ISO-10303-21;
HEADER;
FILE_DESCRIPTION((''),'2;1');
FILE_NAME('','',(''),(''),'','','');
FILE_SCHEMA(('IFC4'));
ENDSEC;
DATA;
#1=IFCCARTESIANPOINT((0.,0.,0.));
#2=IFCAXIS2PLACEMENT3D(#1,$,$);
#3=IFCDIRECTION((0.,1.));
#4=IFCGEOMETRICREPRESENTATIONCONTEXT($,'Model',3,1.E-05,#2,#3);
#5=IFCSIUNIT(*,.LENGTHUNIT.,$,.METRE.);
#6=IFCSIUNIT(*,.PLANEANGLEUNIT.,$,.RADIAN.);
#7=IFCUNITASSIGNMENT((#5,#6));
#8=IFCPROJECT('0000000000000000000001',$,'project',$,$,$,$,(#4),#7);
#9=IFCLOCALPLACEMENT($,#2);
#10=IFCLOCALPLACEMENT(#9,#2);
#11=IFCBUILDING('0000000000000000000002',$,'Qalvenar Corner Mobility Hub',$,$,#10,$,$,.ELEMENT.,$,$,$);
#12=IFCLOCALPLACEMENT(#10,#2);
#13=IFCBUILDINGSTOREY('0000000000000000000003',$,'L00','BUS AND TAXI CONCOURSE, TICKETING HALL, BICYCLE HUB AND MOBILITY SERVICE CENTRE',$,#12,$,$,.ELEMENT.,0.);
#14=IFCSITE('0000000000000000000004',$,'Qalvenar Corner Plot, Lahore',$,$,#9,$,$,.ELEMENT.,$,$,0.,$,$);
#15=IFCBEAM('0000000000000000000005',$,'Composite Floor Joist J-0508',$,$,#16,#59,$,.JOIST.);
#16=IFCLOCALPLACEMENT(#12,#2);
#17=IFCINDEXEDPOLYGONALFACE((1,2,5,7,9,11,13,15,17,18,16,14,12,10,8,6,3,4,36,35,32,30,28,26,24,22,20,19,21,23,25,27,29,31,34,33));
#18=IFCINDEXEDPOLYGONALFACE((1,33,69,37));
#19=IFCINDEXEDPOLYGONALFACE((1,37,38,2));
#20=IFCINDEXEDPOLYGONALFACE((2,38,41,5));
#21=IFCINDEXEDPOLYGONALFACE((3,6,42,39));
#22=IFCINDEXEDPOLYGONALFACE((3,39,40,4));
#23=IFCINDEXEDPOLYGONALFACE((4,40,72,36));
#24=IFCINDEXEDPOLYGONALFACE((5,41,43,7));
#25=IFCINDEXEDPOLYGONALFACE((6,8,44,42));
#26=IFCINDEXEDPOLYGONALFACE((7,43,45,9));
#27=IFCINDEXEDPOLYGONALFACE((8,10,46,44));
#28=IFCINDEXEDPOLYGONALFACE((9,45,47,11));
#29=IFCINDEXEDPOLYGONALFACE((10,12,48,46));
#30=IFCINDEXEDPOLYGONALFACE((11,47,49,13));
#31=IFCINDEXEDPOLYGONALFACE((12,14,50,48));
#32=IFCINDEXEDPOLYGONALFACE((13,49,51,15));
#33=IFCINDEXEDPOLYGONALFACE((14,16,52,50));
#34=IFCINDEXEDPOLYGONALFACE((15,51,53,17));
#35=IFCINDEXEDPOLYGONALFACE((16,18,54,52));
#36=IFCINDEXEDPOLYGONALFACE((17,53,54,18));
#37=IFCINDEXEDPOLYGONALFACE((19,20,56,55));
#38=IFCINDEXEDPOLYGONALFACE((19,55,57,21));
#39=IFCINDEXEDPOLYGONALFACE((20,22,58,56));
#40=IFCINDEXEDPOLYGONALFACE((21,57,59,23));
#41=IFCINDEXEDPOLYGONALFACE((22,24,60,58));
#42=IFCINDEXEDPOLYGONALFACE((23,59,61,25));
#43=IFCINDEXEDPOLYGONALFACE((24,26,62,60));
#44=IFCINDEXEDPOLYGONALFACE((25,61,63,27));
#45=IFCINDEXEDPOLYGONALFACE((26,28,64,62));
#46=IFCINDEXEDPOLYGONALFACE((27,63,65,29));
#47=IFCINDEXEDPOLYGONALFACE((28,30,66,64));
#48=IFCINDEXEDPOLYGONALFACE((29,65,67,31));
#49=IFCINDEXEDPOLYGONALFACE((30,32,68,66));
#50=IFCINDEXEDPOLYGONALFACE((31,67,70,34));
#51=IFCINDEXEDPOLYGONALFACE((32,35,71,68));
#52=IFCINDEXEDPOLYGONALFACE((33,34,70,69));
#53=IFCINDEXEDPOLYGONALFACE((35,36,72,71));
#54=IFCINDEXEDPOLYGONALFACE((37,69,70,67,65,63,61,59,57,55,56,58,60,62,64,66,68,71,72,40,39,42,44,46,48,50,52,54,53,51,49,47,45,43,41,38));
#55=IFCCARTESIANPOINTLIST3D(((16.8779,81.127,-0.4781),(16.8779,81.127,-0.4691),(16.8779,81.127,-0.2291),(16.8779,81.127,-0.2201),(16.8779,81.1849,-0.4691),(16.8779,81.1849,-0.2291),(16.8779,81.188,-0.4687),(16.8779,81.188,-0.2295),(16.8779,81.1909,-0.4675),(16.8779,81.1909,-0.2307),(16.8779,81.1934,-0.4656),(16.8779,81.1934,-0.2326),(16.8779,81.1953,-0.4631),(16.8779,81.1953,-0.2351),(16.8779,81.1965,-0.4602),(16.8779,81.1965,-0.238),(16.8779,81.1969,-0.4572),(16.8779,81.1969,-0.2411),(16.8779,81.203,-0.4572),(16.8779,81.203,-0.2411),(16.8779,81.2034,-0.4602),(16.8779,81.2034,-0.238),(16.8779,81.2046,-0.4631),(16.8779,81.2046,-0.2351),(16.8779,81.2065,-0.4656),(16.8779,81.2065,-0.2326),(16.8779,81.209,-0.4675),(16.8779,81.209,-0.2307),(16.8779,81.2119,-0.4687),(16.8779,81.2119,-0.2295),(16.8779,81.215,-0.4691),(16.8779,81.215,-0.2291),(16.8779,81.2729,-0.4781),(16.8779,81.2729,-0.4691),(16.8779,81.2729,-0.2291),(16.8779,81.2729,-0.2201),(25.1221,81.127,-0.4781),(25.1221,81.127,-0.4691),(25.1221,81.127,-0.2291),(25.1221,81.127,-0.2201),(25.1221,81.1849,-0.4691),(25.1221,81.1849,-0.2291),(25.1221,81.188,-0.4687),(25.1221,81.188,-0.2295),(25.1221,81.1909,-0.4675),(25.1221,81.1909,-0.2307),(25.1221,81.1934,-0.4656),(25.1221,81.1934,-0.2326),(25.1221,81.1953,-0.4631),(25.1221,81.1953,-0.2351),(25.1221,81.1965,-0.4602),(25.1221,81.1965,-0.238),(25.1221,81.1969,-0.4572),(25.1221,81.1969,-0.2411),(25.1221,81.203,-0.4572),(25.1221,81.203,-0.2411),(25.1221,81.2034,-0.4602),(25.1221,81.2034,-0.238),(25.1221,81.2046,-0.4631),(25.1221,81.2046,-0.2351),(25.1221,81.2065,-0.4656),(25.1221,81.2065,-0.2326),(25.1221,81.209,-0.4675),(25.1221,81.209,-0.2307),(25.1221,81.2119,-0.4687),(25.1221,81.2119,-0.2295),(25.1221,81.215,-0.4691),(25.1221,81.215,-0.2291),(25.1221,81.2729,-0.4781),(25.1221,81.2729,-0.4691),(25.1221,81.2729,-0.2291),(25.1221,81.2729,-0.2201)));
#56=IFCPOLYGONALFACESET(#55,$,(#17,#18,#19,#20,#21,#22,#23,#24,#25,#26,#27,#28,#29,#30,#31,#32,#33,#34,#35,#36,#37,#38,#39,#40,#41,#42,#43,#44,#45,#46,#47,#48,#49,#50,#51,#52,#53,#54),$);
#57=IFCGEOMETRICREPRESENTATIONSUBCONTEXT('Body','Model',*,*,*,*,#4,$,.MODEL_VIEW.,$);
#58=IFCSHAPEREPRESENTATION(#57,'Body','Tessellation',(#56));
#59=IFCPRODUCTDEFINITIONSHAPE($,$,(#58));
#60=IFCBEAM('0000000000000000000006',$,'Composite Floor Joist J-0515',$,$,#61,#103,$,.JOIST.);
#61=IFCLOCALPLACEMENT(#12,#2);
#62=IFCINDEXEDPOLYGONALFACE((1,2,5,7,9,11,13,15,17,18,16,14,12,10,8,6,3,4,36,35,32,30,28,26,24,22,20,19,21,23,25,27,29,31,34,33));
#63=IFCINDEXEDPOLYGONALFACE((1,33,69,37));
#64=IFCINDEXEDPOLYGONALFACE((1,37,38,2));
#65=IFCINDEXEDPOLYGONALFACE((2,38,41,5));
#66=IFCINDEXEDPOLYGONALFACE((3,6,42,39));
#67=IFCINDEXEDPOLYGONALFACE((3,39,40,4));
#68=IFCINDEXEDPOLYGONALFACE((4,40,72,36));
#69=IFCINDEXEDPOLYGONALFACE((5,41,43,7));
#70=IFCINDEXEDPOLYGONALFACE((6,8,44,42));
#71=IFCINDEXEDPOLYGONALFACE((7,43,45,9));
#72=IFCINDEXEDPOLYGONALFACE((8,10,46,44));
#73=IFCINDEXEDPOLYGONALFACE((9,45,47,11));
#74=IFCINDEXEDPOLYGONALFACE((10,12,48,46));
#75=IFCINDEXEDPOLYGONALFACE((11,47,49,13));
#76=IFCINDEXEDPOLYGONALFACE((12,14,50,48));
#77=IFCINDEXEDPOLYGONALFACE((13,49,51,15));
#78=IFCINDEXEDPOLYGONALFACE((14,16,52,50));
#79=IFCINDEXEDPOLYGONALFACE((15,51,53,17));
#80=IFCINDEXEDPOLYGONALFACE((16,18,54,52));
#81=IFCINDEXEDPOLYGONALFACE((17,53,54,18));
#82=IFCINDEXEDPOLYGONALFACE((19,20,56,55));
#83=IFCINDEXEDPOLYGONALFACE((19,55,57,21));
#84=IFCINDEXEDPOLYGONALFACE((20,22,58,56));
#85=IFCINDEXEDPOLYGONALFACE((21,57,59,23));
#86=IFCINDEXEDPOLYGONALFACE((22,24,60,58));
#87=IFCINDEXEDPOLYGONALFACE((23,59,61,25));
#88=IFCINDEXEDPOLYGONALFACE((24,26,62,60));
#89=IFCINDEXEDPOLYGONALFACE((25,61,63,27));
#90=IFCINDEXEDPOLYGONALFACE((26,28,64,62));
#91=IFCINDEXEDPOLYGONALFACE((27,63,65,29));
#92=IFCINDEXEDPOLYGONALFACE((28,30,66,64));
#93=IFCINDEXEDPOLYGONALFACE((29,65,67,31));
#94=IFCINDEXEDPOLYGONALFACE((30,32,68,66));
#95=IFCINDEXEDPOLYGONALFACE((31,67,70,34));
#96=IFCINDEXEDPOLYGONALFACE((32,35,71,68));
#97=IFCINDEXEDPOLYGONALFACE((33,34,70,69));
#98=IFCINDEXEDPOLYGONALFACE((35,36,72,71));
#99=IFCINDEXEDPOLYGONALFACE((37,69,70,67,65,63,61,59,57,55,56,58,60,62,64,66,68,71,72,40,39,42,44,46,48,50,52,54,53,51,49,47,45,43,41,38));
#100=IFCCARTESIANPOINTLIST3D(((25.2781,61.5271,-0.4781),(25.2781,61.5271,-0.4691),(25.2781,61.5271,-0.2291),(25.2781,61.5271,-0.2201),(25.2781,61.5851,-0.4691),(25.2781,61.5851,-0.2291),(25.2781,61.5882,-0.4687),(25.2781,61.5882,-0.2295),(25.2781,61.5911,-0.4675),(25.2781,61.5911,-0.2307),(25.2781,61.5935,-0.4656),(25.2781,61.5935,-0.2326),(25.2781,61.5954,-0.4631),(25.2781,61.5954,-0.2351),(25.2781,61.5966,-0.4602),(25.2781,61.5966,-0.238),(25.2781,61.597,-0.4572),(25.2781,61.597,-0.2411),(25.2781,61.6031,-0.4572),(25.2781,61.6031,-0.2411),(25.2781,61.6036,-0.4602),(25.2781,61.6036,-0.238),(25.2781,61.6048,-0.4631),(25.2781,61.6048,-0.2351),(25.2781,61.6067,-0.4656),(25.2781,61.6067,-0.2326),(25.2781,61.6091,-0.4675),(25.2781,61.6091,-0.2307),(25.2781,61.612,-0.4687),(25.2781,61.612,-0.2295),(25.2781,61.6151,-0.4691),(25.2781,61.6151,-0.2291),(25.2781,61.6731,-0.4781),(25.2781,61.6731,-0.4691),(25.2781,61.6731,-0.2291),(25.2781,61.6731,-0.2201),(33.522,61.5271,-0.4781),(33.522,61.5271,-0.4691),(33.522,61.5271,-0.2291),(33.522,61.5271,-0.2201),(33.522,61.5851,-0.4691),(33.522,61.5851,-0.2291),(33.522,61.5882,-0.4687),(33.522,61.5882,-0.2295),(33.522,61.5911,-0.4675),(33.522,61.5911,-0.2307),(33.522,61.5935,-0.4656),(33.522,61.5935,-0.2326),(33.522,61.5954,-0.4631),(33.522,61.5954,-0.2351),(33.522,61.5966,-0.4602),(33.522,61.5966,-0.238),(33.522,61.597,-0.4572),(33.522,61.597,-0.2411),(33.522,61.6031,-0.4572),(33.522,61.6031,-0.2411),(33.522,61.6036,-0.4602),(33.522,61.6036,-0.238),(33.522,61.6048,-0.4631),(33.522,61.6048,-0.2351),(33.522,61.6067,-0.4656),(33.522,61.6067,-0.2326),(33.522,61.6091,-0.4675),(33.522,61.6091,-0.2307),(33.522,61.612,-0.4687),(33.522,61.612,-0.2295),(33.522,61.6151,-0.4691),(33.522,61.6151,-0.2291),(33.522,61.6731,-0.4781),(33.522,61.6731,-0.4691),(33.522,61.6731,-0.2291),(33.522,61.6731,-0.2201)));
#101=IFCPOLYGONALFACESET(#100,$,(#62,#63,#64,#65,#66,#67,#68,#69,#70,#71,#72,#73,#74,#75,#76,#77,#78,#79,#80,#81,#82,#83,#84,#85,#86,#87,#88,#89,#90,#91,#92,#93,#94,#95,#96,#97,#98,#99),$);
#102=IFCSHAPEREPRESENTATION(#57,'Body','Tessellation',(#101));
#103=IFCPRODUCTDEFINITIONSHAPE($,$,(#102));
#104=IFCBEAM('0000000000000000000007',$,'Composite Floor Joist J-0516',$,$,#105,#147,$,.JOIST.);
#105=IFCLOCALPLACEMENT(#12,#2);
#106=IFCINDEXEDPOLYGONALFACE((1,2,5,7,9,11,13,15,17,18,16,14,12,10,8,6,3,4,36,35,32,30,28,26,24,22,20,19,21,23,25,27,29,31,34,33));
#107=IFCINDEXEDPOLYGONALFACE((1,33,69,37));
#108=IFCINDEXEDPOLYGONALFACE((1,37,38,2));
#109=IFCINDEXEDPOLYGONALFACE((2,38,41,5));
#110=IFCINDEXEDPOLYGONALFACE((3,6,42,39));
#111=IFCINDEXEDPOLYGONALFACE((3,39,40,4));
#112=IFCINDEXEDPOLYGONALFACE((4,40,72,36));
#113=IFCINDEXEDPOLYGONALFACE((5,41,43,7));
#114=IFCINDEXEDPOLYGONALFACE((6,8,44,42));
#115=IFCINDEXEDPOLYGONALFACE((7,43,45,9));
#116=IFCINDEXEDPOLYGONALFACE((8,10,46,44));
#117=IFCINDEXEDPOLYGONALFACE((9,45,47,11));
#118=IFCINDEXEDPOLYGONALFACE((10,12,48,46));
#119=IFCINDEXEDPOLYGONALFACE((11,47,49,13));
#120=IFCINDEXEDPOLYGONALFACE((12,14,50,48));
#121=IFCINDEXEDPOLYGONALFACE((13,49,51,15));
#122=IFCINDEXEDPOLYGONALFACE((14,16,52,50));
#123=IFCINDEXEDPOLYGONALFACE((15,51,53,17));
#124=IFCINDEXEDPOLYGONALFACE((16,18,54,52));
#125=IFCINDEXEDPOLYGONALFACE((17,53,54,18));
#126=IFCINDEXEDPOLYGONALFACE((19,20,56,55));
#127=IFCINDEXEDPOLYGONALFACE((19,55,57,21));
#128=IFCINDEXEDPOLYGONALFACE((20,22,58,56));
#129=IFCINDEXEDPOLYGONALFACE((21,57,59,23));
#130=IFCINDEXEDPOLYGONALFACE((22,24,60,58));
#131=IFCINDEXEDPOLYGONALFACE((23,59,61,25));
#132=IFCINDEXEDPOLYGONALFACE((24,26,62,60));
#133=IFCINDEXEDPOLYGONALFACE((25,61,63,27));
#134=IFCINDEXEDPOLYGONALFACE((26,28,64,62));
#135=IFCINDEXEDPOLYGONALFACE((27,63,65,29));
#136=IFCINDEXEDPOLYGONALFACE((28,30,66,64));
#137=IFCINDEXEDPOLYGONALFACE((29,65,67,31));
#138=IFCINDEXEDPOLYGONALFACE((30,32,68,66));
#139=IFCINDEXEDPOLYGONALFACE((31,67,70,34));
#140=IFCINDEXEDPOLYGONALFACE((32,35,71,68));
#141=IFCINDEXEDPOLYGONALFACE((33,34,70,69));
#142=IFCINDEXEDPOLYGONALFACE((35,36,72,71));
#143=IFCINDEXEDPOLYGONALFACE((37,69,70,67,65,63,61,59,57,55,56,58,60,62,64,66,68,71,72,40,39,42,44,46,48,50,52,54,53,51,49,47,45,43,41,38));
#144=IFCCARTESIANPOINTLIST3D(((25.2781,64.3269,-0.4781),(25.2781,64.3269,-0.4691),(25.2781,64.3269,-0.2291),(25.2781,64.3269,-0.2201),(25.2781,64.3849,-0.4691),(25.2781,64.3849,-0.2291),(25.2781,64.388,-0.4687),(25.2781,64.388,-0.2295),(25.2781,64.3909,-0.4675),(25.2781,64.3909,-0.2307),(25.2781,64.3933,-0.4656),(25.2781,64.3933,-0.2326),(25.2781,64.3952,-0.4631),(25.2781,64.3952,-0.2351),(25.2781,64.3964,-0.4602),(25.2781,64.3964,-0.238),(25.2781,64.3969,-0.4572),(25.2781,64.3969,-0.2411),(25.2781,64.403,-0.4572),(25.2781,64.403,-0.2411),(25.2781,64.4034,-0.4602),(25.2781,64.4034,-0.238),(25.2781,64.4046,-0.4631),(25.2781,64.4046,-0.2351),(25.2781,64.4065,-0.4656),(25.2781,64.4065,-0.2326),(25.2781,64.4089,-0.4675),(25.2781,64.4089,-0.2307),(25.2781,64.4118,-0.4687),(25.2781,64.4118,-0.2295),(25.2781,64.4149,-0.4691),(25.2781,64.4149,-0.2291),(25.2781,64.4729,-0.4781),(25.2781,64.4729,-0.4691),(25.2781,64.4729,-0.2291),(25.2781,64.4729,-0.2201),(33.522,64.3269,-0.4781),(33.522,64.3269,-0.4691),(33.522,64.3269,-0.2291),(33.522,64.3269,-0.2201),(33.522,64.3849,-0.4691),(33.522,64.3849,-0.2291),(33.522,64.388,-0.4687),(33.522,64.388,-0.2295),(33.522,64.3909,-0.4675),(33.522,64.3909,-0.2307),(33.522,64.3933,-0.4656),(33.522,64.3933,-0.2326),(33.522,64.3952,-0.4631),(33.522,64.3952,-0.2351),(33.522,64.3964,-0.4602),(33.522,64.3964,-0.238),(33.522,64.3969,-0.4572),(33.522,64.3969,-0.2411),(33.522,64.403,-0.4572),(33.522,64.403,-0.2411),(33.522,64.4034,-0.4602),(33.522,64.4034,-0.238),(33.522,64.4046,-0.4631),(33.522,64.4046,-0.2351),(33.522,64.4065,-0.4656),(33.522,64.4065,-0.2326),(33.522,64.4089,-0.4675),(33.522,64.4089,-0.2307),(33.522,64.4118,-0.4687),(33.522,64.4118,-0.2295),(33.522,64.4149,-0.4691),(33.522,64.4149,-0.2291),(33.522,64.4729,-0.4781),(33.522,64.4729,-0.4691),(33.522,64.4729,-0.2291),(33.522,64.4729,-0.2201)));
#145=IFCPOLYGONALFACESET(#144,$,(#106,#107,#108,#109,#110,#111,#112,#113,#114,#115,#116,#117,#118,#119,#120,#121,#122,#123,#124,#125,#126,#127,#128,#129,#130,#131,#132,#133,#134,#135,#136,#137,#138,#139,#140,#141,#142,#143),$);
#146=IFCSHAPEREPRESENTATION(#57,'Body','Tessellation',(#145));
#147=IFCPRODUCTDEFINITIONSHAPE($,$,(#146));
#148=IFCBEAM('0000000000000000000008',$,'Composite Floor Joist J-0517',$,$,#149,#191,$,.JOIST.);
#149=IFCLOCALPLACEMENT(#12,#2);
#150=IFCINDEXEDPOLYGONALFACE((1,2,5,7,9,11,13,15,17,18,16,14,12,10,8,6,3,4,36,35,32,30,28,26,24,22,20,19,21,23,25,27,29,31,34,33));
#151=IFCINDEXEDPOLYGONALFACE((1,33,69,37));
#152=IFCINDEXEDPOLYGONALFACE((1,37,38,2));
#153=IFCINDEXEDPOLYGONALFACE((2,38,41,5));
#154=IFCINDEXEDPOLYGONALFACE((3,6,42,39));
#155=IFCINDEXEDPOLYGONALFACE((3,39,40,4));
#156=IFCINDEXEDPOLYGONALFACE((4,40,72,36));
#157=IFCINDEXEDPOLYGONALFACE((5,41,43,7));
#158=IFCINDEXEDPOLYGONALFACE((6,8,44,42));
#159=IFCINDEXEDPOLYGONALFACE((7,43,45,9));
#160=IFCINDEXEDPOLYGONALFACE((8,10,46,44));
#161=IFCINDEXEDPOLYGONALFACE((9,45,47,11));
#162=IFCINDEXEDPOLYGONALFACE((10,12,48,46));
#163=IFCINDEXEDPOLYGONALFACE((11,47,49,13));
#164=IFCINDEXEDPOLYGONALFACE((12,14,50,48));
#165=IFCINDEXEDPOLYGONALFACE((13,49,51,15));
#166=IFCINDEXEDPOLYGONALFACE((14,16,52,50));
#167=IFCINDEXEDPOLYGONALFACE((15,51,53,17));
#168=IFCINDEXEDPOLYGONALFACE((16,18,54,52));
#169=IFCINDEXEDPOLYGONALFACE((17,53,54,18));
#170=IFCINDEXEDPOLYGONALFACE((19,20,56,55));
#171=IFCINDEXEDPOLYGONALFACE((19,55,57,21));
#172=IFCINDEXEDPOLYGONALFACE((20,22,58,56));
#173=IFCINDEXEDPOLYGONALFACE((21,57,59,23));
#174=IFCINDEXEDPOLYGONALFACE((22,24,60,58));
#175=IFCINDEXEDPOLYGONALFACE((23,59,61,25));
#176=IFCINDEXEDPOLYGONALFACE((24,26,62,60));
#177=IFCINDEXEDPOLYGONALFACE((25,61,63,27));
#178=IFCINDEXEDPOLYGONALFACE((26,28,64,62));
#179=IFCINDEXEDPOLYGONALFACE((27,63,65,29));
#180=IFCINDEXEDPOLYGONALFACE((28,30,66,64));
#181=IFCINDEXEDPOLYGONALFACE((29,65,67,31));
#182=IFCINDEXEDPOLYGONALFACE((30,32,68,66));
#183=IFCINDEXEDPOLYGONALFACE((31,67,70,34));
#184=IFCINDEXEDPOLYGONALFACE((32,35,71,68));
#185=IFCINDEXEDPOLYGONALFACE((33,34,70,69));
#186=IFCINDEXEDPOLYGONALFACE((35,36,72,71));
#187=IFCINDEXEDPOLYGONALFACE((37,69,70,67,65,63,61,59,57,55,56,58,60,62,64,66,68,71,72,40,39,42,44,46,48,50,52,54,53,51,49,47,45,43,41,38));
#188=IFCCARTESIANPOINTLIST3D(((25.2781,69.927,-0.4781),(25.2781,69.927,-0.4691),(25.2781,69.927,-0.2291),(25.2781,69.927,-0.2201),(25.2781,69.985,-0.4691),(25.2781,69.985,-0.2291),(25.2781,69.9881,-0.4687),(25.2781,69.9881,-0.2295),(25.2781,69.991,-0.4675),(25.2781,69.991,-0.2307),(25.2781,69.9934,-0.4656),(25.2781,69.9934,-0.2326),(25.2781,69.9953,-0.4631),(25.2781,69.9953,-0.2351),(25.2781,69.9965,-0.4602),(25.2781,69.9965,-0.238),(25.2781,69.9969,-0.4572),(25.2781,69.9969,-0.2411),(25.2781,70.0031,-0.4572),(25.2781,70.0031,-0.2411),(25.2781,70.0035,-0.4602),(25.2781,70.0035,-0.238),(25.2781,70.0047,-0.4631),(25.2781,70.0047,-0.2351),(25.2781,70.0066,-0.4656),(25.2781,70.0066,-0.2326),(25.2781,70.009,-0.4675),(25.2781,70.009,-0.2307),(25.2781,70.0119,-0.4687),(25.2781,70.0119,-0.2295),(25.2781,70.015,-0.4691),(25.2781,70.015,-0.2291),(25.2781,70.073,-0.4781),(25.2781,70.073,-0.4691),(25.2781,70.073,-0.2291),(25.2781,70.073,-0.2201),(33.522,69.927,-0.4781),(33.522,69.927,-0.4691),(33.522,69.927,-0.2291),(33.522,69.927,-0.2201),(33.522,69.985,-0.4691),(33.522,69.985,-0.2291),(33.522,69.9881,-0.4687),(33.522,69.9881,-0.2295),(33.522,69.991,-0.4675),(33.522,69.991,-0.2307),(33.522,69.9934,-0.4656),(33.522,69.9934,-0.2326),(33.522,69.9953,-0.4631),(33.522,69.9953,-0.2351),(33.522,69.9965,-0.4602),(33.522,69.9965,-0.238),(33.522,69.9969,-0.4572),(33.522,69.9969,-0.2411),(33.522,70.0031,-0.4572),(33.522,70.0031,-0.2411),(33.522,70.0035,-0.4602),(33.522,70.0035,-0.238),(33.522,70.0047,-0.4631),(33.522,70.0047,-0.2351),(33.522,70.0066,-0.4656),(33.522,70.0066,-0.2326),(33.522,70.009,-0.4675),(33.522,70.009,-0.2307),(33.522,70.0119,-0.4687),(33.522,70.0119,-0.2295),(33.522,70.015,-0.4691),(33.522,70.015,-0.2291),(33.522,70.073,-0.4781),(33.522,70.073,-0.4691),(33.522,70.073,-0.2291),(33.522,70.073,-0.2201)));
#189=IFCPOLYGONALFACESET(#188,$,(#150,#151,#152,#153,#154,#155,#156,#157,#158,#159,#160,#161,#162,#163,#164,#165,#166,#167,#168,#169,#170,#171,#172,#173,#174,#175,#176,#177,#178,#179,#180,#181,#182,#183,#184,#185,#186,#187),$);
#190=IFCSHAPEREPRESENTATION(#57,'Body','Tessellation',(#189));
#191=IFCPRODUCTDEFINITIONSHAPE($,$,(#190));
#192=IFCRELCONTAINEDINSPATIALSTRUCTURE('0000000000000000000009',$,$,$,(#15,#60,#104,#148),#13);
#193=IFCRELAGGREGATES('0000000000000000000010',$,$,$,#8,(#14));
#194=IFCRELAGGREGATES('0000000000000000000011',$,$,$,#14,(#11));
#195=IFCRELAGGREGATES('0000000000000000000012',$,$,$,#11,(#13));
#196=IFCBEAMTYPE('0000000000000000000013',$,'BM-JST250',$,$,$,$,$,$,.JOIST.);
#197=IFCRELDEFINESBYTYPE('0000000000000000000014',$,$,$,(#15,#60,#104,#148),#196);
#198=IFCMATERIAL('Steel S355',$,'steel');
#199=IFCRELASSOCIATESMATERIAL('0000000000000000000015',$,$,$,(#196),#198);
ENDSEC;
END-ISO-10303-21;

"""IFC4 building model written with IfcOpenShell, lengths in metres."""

from ifc_helpers import new_model, si_unit, direction, frame, origin, origin_2d, place, context, subcontext, project, spatial, i_section, extrude, material, material_profile, profile_set, type_object, element, save


model = new_model("IFC4")

# Units and contexts
model_context = context("Model", 3, precision=1e-05, world=origin(), true_north=direction((0.0, 1.0)))
body_context = subcontext(model_context, "Body", "Model", "MODEL_VIEW")
ifc_project = project(units=[si_unit("LENGTHUNIT", "METRE"), si_unit("PLANEANGLEUNIT", "RADIAN")], contexts=[model_context])

# Site, building, storey
site_placement = place(None, origin())
site = spatial("IfcSite", under=ifc_project, at=site_placement, Name="Qalvenar Corner Plot, Lahore", CompositionType="ELEMENT", RefElevation=0.0)
building_placement = place(site_placement, origin())
building = spatial("IfcBuilding", under=site, at=building_placement, Name="Qalvenar Corner Mobility Hub", CompositionType="ELEMENT")
storey_placement = place(building_placement, origin())
storey = spatial("IfcBuildingStorey", under=building, at=storey_placement, Name="L00", Description="BUS AND TAXI CONCOURSE, TICKETING HALL, BICYCLE HUB AND MOBILITY SERVICE CENTRE", CompositionType="ELEMENT", Elevation=0.0)

# Shared definitions
ifc_material_1 = material(Name="Steel S355", Category="steel")

# Beams
ifc_material_profile_1 = material_profile(ifc_material_1, i_section(OverallWidth=0.146, OverallDepth=0.2581, WebThickness=0.0061, FlangeThickness=0.009, FilletRadius=0.012, at=origin_2d()), Name="W250x32.7")
ifc_profile_set_1 = profile_set([ifc_material_profile_1], Name="Steel S355")
beam_type_1 = type_object("IfcBeamType", Name="BM-JST250", PredefinedType="JOIST", material=ifc_profile_set_1)
for number, where, z_axis, x_axis, name in (
    (1, (16.8779, 81.2, -0.3491), (1.0, 0.0, 0.0), (0.0, 1.0, 0.0), "Composite Floor Joist J-0508"),
):
    element("IfcBeam", number, at=place(storey_placement, frame(where, z_axis=z_axis, x_axis=x_axis)), inside=storey, type_object=beam_type_1, Name=name, PredefinedType="JOIST", context=body_context, shape_type="SweptSolid", body=[
        extrude(i_section(OverallWidth=0.146, OverallDepth=0.2581, WebThickness=0.0061, FlangeThickness=0.009, FilletRadius=0.012, at=origin_2d()), origin(), (0.0, 0.0, 1.0), 8.2441),
    ])
for number, where, z_axis, x_axis, name in (
    (2, (25.2781, 61.6001, -0.3491), (1.0, 0.0, 0.0), (0.0, 1.0, 0.0), "Composite Floor Joist J-0515"),
    (3, (25.2781, 64.3999, -0.3491), (1.0, 0.0, 0.0), (0.0, 1.0, 0.0), "Composite Floor Joist J-0516"),
    (4, (25.2781, 70.0, -0.3491), (1.0, 0.0, 0.0), (0.0, 1.0, 0.0), "Composite Floor Joist J-0517"),
):
    element("IfcBeam", number, at=place(storey_placement, frame(where, z_axis=z_axis, x_axis=x_axis)), inside=storey, type_object=beam_type_1, Name=name, PredefinedType="JOIST", context=body_context, shape_type="SweptSolid", body=[
        extrude(i_section(OverallWidth=0.146, OverallDepth=0.2581, WebThickness=0.0061, FlangeThickness=0.009, FilletRadius=0.012, at=origin_2d()), origin(), (0.0, 0.0, 1.0), 8.2439),
    ])

save(model, "model.ifc")
